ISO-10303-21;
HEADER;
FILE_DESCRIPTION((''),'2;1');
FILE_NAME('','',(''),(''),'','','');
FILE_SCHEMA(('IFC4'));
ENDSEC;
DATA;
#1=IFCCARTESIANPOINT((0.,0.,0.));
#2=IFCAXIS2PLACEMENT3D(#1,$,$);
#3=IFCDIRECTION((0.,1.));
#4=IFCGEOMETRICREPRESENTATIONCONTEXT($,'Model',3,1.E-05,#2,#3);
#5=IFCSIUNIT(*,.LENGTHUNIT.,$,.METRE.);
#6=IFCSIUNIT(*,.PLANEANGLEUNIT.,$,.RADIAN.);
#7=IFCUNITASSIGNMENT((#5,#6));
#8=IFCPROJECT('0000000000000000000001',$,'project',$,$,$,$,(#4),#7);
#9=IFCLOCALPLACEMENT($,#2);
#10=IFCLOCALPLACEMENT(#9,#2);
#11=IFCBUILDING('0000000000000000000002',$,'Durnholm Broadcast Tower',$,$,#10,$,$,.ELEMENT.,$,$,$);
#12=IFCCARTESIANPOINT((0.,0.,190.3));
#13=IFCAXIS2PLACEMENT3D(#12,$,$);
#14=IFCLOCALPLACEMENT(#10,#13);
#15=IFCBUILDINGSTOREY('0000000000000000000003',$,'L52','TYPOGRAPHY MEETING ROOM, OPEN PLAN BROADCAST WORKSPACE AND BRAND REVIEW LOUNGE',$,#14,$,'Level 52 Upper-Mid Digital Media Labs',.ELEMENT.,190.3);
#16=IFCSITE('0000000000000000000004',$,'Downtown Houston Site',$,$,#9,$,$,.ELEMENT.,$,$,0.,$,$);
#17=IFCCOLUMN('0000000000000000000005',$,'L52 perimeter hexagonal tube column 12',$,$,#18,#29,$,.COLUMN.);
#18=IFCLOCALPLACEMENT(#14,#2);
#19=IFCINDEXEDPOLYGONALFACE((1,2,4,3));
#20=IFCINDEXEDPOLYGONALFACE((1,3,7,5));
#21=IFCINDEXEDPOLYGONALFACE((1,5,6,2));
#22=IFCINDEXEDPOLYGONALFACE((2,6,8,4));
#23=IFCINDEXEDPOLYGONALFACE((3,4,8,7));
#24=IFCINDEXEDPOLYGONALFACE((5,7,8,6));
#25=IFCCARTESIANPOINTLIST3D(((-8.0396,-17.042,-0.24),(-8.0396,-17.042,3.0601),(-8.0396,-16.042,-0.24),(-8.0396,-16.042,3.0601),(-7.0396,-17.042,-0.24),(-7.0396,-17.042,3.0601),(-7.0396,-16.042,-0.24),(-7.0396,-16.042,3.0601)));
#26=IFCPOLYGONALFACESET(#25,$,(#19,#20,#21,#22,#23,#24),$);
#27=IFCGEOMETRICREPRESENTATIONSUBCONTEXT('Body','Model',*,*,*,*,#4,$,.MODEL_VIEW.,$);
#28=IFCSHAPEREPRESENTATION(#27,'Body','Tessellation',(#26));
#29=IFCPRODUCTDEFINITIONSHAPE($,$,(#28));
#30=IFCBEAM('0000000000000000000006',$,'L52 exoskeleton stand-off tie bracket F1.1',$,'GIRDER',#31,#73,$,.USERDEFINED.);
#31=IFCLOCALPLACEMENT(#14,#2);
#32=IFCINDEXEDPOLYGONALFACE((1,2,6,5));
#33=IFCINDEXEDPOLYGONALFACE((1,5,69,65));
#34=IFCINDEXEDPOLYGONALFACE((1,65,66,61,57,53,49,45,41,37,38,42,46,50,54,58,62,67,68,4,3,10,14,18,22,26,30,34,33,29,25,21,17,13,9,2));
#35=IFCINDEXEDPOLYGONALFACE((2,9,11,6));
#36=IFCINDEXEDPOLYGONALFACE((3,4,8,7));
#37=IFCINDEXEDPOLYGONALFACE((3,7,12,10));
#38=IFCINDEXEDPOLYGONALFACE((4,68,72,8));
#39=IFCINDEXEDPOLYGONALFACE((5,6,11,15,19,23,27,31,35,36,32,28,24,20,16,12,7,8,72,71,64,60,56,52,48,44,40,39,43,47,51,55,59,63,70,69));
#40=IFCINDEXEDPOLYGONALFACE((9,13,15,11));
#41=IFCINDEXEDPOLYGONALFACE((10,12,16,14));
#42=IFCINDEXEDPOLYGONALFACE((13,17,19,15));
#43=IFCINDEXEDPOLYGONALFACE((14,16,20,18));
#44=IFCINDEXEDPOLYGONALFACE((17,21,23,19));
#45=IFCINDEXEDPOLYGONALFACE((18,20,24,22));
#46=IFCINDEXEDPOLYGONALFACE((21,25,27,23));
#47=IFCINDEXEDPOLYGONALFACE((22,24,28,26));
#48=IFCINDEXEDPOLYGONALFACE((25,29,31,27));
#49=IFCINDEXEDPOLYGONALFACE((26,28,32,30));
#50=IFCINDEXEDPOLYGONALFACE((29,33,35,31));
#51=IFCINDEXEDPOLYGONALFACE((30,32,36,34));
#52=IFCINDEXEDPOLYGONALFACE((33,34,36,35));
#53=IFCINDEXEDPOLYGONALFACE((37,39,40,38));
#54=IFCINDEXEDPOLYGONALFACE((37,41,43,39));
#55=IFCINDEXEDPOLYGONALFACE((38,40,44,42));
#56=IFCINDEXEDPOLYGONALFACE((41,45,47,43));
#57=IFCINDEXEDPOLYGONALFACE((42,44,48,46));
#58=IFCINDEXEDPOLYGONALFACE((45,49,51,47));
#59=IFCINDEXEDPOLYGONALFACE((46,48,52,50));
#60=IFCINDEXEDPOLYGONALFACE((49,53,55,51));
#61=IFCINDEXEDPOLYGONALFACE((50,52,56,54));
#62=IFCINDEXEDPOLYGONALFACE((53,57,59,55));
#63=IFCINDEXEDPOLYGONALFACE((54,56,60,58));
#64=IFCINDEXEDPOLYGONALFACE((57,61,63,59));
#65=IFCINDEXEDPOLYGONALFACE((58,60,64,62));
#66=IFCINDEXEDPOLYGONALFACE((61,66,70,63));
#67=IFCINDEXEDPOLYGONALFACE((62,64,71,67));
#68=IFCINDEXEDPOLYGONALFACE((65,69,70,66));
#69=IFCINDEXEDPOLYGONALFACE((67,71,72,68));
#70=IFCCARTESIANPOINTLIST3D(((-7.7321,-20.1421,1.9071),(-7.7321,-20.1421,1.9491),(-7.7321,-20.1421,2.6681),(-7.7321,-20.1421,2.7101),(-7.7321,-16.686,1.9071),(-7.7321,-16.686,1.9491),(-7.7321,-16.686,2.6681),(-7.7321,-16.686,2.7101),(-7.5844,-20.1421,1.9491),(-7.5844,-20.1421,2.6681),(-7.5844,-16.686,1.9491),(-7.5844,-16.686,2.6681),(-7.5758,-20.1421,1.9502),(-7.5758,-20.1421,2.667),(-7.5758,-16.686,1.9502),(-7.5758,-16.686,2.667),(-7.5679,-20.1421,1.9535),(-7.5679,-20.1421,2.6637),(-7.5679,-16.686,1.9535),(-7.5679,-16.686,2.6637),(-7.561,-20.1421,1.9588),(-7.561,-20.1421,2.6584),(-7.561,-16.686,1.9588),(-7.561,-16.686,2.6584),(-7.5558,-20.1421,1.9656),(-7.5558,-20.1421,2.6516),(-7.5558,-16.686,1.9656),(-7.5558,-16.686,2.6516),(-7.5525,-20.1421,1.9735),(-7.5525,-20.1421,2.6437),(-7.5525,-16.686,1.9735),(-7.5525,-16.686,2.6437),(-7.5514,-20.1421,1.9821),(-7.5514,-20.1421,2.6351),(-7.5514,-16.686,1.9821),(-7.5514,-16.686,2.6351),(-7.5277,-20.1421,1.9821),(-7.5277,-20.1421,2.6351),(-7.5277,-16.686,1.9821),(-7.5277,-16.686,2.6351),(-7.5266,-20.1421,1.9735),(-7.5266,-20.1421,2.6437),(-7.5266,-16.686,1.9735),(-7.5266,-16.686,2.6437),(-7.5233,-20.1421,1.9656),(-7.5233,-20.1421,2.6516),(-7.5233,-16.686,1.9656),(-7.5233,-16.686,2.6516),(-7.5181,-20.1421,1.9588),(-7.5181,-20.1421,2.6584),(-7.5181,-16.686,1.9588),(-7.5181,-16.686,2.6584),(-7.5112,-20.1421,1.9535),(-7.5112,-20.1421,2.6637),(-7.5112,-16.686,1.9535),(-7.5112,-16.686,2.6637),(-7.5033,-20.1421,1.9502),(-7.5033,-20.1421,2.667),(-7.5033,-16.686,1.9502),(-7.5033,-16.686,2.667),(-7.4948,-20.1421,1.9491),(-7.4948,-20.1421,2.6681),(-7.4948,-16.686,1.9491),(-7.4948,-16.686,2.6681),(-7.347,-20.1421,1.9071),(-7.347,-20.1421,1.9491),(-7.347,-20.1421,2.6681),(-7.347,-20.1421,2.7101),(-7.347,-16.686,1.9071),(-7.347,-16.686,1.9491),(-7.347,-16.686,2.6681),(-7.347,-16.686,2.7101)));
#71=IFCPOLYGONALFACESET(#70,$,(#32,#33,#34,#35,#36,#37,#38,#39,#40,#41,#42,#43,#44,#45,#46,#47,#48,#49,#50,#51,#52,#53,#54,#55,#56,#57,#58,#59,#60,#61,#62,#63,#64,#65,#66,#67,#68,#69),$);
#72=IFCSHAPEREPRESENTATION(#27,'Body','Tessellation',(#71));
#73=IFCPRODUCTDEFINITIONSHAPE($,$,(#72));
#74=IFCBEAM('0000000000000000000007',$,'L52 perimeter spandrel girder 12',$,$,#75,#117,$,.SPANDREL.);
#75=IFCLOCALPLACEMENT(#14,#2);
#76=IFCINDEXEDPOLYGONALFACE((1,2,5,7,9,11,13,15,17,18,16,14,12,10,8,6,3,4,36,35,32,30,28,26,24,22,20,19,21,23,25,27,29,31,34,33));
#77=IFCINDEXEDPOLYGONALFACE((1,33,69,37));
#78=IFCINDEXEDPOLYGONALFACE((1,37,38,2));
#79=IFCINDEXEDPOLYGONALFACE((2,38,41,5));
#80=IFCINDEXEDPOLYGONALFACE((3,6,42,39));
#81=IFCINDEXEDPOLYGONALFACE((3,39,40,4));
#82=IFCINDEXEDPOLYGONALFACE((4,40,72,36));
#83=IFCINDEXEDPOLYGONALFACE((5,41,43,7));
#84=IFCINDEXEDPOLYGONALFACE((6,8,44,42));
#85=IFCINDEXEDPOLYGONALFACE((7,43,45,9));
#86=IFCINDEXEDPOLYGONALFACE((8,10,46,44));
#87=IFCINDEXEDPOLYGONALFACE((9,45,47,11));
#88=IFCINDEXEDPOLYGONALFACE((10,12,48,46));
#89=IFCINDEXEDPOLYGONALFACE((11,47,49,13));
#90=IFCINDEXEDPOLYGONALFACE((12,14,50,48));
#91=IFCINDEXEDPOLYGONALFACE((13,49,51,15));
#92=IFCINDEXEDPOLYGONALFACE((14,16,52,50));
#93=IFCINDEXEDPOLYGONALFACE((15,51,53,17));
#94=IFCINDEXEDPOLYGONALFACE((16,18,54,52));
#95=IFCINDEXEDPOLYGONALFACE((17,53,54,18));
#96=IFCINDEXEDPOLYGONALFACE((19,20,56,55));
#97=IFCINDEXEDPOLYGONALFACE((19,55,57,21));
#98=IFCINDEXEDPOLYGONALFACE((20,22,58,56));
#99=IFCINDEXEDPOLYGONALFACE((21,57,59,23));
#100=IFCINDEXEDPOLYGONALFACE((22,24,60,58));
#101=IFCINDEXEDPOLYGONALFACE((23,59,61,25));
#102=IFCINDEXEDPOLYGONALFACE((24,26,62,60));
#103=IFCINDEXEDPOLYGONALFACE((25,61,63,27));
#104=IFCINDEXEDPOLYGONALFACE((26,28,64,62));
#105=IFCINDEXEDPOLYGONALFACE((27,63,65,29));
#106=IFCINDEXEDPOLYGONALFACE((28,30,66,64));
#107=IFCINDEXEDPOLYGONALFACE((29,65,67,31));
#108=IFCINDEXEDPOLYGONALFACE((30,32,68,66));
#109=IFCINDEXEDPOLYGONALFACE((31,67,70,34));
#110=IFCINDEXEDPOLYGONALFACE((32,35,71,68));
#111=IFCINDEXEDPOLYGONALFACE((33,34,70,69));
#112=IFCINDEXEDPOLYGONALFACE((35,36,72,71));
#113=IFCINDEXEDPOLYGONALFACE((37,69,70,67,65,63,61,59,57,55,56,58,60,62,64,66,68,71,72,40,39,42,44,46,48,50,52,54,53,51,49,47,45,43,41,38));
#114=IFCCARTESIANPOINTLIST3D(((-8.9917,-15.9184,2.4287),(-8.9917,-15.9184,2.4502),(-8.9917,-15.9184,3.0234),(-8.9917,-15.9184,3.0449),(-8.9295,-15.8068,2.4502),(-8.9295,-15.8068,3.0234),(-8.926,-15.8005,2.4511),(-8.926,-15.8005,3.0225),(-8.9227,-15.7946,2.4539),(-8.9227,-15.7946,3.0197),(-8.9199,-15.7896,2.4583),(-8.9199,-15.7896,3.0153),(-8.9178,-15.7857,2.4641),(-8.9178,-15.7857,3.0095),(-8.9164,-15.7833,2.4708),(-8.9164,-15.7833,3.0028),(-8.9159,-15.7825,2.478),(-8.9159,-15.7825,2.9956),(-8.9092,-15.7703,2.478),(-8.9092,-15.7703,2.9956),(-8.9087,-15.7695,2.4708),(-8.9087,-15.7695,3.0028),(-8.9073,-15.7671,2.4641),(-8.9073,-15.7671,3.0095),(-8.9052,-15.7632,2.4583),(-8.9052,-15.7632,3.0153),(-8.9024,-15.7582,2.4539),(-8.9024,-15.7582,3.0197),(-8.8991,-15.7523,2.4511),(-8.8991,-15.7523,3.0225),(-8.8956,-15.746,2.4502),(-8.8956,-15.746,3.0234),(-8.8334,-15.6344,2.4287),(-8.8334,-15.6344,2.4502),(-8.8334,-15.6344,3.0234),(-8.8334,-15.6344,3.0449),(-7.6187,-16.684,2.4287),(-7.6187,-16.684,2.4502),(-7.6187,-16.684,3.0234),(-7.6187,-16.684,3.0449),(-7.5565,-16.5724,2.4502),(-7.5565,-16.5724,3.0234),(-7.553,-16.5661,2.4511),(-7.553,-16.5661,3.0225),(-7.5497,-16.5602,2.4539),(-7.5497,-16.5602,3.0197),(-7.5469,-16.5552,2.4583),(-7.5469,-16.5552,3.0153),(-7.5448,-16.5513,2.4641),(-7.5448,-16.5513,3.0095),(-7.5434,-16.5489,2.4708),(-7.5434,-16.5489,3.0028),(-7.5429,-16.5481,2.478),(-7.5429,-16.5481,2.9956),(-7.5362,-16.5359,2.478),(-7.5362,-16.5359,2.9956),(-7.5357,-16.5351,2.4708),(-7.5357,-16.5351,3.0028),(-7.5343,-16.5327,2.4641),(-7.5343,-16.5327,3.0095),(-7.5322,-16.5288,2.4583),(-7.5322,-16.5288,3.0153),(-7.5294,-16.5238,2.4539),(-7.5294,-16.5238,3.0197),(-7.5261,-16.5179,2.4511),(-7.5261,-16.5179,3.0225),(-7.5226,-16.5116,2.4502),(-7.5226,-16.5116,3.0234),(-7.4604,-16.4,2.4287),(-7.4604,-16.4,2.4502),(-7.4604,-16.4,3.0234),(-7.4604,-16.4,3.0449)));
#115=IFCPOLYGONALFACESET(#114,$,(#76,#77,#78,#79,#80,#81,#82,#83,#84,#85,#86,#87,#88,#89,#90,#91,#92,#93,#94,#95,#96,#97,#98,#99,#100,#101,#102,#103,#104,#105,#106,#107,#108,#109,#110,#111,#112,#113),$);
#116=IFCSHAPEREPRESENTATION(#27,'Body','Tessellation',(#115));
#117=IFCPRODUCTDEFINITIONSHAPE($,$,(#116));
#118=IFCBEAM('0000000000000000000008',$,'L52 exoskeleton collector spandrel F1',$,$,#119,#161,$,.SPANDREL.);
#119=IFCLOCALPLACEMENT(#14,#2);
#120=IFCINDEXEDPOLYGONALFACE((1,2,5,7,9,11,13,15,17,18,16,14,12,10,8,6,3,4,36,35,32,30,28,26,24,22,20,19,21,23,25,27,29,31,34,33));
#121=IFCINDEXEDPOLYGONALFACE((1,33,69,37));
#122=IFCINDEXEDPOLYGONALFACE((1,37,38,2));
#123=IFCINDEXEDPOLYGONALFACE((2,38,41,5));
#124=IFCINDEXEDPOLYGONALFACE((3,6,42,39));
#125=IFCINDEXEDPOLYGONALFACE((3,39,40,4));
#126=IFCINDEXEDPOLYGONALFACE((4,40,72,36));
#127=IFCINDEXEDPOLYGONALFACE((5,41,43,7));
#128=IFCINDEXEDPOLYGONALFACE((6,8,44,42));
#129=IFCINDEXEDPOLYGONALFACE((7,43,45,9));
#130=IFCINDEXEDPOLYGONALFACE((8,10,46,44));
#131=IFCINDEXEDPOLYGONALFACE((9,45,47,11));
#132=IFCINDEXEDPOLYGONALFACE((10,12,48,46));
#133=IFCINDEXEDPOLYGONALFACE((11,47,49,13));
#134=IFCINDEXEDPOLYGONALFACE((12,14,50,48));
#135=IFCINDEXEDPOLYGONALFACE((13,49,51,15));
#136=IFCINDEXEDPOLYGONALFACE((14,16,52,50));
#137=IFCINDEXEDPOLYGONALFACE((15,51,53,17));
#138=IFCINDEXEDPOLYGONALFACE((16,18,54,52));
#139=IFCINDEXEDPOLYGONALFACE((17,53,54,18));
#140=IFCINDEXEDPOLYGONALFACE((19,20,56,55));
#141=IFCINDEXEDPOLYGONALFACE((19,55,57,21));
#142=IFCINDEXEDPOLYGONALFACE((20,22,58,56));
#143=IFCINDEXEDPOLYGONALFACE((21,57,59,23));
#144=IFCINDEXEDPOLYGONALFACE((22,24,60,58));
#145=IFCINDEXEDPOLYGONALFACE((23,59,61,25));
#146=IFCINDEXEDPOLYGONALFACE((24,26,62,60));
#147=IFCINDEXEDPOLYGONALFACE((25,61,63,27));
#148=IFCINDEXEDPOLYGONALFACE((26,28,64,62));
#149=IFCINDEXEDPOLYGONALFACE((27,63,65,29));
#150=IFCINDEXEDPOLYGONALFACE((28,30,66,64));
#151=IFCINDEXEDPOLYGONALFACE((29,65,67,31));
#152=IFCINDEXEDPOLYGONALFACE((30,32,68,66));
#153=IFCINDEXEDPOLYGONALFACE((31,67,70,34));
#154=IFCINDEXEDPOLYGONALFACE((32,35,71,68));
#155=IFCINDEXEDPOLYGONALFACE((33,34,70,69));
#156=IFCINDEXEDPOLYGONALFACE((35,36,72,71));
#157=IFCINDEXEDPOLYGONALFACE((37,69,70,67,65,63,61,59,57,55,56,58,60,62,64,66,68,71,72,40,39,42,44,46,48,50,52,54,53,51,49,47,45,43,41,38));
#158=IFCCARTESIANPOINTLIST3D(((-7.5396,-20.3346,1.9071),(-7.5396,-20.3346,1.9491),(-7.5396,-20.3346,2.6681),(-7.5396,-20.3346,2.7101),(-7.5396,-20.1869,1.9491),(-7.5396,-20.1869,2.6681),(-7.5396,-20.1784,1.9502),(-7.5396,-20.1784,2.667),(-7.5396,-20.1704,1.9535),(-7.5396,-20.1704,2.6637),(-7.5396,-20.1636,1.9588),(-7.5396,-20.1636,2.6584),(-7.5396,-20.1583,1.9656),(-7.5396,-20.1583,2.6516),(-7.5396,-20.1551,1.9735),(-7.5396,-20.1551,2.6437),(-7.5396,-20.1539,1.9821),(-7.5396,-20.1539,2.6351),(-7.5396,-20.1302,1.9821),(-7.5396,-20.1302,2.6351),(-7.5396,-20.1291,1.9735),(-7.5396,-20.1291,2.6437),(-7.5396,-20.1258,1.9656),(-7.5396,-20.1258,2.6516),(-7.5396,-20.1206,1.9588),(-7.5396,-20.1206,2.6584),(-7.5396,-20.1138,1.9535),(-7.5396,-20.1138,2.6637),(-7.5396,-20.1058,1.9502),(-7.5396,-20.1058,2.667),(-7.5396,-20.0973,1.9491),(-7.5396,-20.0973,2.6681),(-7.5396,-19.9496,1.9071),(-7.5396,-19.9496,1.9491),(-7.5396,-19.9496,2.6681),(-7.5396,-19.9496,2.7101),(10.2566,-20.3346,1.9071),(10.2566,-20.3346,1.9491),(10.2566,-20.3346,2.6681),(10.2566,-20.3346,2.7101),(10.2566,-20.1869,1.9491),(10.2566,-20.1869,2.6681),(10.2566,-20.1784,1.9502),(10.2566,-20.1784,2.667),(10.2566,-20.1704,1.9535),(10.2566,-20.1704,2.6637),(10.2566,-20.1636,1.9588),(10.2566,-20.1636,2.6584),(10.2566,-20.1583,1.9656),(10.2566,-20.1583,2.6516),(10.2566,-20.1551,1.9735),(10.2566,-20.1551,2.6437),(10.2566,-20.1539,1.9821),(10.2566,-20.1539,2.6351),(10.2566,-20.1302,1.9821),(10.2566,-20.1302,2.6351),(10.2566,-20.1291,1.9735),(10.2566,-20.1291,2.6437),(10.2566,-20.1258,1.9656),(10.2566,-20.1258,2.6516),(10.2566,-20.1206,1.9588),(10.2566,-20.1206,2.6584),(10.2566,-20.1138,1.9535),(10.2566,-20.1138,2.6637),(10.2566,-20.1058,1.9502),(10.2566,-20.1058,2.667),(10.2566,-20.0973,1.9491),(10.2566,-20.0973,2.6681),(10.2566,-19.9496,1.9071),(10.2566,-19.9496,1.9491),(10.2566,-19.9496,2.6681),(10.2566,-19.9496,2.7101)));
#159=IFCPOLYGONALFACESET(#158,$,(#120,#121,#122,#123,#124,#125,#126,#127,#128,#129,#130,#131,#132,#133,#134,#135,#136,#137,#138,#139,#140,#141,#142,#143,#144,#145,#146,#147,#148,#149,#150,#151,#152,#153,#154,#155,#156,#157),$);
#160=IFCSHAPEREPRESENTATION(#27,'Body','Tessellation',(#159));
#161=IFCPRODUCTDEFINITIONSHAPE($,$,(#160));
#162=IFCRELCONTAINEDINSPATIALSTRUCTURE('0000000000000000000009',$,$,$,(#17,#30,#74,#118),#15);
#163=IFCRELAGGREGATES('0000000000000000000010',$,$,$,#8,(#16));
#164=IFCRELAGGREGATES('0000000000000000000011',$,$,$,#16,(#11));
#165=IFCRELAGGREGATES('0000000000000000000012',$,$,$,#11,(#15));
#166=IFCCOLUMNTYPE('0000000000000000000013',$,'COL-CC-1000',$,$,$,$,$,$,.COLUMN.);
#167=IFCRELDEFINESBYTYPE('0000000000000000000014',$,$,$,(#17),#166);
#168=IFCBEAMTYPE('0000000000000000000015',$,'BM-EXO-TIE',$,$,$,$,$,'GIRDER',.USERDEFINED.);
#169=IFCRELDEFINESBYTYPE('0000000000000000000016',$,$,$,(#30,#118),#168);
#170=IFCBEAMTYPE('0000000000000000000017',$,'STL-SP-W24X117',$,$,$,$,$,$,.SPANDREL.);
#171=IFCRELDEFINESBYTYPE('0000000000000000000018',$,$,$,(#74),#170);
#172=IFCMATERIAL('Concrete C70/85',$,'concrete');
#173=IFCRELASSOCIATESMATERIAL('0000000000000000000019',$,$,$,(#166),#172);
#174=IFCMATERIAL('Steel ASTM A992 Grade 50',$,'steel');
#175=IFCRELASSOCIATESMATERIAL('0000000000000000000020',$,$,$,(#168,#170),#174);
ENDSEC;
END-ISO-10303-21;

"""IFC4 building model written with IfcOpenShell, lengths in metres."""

from ifc_helpers import new_model, si_unit, direction, frame, origin, origin_2d, place, context, subcontext, project, spatial, rectangle, i_section, extrude, source, transform, mapped, material, material_profile, profile_set, type_object, type_shapes, element, save


model = new_model("IFC4")

# Units and contexts
model_context = context("Model", 3, precision=1e-05, world=origin(), true_north=direction((0.0, 1.0)))
body_context = subcontext(model_context, "Body", "Model", "MODEL_VIEW")
ifc_project = project(units=[si_unit("LENGTHUNIT", "METRE"), si_unit("PLANEANGLEUNIT", "RADIAN")], contexts=[model_context])

# Site, building, storey
site_placement = place(None, origin())
site = spatial("IfcSite", under=ifc_project, at=site_placement, Name="Downtown Houston Site", CompositionType="ELEMENT", RefElevation=0.0)
building_placement = place(site_placement, origin())
building = spatial("IfcBuilding", under=site, at=building_placement, Name="Durnholm Broadcast Tower", CompositionType="ELEMENT")
storey_placement = place(building_placement, frame((0.0, 0.0, 190.3)))
storey = spatial("IfcBuildingStorey", under=building, at=storey_placement, Name="L52", Description="TYPOGRAPHY MEETING ROOM, OPEN PLAN BROADCAST WORKSPACE AND BRAND REVIEW LOUNGE", LongName="Level 52 Upper-Mid Digital Media Labs", CompositionType="ELEMENT", Elevation=190.3)

# Column
ifc_material_1 = material(Name="Concrete C70/85", Category="concrete")
ifc_material_profile_1 = material_profile(ifc_material_1, rectangle(XDim=1.0, YDim=1.0, at=origin_2d()), Name="RC1000X1000")
ifc_profile_set_1 = profile_set([ifc_material_profile_1], Name="Concrete C70/85")
column_type = type_object("IfcColumnType", Name="COL-CC-1000", PredefinedType="COLUMN", material=ifc_profile_set_1)
shared_shape_1 = source(origin(), body_context, "Body", "SweptSolid", [
    extrude(rectangle(XDim=1.0, YDim=1.0, at=origin_2d()), origin(), (0.0, 0.0, 1.0), 3.3),
])
type_shapes(column_type, [shared_shape_1])
column_placement = place(storey_placement, frame((-7.5396, -16.542, -0.24), z_axis=(0.0, 0.0, 1.0), x_axis=(1.0, 0.0, 0.0)))
element("IfcColumn", 1, at=column_placement, inside=storey, type_object=column_type, Name="L52 perimeter hexagonal tube column 12", PredefinedType="COLUMN", context=body_context, shape_type="MappedRepresentation", body=[
    mapped(shared_shape_1, transform((0.0, 0.0, 0.0), x_axis=(1.0, 0.0, 0.0), y_axis=(0.0, 1.0, 0.0), z_axis=(0.0, 0.0, 1.0), scale=1.0)),
])

# Beams
ifc_material_2 = material(Name="Steel ASTM A992 Grade 50", Category="steel")
ifc_material_profile_2 = material_profile(ifc_material_2, i_section(OverallWidth=0.385, OverallDepth=0.803, WebThickness=0.0237, FlangeThickness=0.042, FilletRadius=0.033, at=origin_2d()), Name="W30X261")
ifc_profile_set_2 = profile_set([ifc_material_profile_2], Name="Steel ASTM A992 Grade 50")
beam_type_1 = type_object("IfcBeamType", Name="BM-EXO-TIE", ElementType="GIRDER", PredefinedType="USERDEFINED", material=ifc_profile_set_2)
shared_shape_2 = source(origin(), body_context, "Body", "SweptSolid", [
    extrude(i_section(OverallWidth=0.385, OverallDepth=0.803, WebThickness=0.0237, FlangeThickness=0.042, FilletRadius=0.033, at=origin_2d()), origin(), (0.0, 0.0, 1.0), 3.4561),
])
beam_1_placement = place(storey_placement, frame((-7.5396, -16.686, 2.3086), z_axis=(0.0, -1.0, 0.0), x_axis=(1.0, 0.0, 0.0)))
element("IfcBeam", 2, at=beam_1_placement, inside=storey, type_object=beam_type_1, Name="L52 exoskeleton stand-off tie bracket F1.1", ObjectType="GIRDER", PredefinedType="USERDEFINED", context=body_context, shape_type="MappedRepresentation", body=[
    mapped(shared_shape_2, transform((0.0, 0.0, 0.0), x_axis=(1.0, 0.0, 0.0), y_axis=(0.0, 1.0, 0.0), z_axis=(0.0, 0.0, 1.0), scale=1.0)),
])
ifc_material_profile_3 = material_profile(ifc_material_2, i_section(OverallWidth=0.3252, OverallDepth=0.6162, WebThickness=0.0139, FlangeThickness=0.0215, FilletRadius=0.0278, at=origin_2d()), Name="W24X117")
ifc_profile_set_3 = profile_set([ifc_material_profile_3], Name="Steel ASTM A992 Grade 50")
beam_type_2 = type_object("IfcBeamType", Name="STL-SP-W24X117", PredefinedType="SPANDREL", material=ifc_profile_set_3)
shared_shape_3 = source(origin(), body_context, "Body", "SweptSolid", [
    extrude(i_section(OverallWidth=0.3252, OverallDepth=0.6162, WebThickness=0.0139, FlangeThickness=0.0215, FilletRadius=0.0278, at=origin_2d()), origin(), (0.0, 0.0, 1.0), 1.572),
])
type_shapes(beam_type_2, [shared_shape_3])
beam_2_placement = place(storey_placement, frame((-7.5396, -16.542, 2.7368), z_axis=(-0.873394, 0.487014, 0.0), x_axis=(-0.487014, -0.873394, 0.0)))
element("IfcBeam", 3, at=beam_2_placement, inside=storey, type_object=beam_type_2, Name="L52 perimeter spandrel girder 12", PredefinedType="SPANDREL", context=body_context, shape_type="MappedRepresentation", body=[
    mapped(shared_shape_3, transform((0.0, 0.0, 0.0), x_axis=(1.0, 0.0, 0.0), y_axis=(0.0, 1.0, 0.0), z_axis=(0.0, 0.0, 1.0), scale=1.0)),
])
shared_shape_4 = source(origin(), body_context, "Body", "SweptSolid", [
    extrude(i_section(OverallWidth=0.385, OverallDepth=0.803, WebThickness=0.0237, FlangeThickness=0.042, FilletRadius=0.033, at=origin_2d()), origin(), (0.0, 0.0, 1.0), 17.7961),
])
type_shapes(beam_type_1, [shared_shape_2, shared_shape_4])
beam_3_placement = place(storey_placement, frame((-7.5396, -20.1421, 2.3086), z_axis=(1.0, 0.0, 0.0), x_axis=(0.0, 1.0, 0.0)))
element("IfcBeam", 4, at=beam_3_placement, inside=storey, type_object=beam_type_1, Name="L52 exoskeleton collector spandrel F1", PredefinedType="SPANDREL", context=body_context, shape_type="MappedRepresentation", body=[
    mapped(shared_shape_4, transform((0.0, 0.0, 0.0), x_axis=(1.0, 0.0, 0.0), y_axis=(0.0, 1.0, 0.0), z_axis=(0.0, 0.0, 1.0), scale=1.0)),
])

save(model, "model.ifc")
